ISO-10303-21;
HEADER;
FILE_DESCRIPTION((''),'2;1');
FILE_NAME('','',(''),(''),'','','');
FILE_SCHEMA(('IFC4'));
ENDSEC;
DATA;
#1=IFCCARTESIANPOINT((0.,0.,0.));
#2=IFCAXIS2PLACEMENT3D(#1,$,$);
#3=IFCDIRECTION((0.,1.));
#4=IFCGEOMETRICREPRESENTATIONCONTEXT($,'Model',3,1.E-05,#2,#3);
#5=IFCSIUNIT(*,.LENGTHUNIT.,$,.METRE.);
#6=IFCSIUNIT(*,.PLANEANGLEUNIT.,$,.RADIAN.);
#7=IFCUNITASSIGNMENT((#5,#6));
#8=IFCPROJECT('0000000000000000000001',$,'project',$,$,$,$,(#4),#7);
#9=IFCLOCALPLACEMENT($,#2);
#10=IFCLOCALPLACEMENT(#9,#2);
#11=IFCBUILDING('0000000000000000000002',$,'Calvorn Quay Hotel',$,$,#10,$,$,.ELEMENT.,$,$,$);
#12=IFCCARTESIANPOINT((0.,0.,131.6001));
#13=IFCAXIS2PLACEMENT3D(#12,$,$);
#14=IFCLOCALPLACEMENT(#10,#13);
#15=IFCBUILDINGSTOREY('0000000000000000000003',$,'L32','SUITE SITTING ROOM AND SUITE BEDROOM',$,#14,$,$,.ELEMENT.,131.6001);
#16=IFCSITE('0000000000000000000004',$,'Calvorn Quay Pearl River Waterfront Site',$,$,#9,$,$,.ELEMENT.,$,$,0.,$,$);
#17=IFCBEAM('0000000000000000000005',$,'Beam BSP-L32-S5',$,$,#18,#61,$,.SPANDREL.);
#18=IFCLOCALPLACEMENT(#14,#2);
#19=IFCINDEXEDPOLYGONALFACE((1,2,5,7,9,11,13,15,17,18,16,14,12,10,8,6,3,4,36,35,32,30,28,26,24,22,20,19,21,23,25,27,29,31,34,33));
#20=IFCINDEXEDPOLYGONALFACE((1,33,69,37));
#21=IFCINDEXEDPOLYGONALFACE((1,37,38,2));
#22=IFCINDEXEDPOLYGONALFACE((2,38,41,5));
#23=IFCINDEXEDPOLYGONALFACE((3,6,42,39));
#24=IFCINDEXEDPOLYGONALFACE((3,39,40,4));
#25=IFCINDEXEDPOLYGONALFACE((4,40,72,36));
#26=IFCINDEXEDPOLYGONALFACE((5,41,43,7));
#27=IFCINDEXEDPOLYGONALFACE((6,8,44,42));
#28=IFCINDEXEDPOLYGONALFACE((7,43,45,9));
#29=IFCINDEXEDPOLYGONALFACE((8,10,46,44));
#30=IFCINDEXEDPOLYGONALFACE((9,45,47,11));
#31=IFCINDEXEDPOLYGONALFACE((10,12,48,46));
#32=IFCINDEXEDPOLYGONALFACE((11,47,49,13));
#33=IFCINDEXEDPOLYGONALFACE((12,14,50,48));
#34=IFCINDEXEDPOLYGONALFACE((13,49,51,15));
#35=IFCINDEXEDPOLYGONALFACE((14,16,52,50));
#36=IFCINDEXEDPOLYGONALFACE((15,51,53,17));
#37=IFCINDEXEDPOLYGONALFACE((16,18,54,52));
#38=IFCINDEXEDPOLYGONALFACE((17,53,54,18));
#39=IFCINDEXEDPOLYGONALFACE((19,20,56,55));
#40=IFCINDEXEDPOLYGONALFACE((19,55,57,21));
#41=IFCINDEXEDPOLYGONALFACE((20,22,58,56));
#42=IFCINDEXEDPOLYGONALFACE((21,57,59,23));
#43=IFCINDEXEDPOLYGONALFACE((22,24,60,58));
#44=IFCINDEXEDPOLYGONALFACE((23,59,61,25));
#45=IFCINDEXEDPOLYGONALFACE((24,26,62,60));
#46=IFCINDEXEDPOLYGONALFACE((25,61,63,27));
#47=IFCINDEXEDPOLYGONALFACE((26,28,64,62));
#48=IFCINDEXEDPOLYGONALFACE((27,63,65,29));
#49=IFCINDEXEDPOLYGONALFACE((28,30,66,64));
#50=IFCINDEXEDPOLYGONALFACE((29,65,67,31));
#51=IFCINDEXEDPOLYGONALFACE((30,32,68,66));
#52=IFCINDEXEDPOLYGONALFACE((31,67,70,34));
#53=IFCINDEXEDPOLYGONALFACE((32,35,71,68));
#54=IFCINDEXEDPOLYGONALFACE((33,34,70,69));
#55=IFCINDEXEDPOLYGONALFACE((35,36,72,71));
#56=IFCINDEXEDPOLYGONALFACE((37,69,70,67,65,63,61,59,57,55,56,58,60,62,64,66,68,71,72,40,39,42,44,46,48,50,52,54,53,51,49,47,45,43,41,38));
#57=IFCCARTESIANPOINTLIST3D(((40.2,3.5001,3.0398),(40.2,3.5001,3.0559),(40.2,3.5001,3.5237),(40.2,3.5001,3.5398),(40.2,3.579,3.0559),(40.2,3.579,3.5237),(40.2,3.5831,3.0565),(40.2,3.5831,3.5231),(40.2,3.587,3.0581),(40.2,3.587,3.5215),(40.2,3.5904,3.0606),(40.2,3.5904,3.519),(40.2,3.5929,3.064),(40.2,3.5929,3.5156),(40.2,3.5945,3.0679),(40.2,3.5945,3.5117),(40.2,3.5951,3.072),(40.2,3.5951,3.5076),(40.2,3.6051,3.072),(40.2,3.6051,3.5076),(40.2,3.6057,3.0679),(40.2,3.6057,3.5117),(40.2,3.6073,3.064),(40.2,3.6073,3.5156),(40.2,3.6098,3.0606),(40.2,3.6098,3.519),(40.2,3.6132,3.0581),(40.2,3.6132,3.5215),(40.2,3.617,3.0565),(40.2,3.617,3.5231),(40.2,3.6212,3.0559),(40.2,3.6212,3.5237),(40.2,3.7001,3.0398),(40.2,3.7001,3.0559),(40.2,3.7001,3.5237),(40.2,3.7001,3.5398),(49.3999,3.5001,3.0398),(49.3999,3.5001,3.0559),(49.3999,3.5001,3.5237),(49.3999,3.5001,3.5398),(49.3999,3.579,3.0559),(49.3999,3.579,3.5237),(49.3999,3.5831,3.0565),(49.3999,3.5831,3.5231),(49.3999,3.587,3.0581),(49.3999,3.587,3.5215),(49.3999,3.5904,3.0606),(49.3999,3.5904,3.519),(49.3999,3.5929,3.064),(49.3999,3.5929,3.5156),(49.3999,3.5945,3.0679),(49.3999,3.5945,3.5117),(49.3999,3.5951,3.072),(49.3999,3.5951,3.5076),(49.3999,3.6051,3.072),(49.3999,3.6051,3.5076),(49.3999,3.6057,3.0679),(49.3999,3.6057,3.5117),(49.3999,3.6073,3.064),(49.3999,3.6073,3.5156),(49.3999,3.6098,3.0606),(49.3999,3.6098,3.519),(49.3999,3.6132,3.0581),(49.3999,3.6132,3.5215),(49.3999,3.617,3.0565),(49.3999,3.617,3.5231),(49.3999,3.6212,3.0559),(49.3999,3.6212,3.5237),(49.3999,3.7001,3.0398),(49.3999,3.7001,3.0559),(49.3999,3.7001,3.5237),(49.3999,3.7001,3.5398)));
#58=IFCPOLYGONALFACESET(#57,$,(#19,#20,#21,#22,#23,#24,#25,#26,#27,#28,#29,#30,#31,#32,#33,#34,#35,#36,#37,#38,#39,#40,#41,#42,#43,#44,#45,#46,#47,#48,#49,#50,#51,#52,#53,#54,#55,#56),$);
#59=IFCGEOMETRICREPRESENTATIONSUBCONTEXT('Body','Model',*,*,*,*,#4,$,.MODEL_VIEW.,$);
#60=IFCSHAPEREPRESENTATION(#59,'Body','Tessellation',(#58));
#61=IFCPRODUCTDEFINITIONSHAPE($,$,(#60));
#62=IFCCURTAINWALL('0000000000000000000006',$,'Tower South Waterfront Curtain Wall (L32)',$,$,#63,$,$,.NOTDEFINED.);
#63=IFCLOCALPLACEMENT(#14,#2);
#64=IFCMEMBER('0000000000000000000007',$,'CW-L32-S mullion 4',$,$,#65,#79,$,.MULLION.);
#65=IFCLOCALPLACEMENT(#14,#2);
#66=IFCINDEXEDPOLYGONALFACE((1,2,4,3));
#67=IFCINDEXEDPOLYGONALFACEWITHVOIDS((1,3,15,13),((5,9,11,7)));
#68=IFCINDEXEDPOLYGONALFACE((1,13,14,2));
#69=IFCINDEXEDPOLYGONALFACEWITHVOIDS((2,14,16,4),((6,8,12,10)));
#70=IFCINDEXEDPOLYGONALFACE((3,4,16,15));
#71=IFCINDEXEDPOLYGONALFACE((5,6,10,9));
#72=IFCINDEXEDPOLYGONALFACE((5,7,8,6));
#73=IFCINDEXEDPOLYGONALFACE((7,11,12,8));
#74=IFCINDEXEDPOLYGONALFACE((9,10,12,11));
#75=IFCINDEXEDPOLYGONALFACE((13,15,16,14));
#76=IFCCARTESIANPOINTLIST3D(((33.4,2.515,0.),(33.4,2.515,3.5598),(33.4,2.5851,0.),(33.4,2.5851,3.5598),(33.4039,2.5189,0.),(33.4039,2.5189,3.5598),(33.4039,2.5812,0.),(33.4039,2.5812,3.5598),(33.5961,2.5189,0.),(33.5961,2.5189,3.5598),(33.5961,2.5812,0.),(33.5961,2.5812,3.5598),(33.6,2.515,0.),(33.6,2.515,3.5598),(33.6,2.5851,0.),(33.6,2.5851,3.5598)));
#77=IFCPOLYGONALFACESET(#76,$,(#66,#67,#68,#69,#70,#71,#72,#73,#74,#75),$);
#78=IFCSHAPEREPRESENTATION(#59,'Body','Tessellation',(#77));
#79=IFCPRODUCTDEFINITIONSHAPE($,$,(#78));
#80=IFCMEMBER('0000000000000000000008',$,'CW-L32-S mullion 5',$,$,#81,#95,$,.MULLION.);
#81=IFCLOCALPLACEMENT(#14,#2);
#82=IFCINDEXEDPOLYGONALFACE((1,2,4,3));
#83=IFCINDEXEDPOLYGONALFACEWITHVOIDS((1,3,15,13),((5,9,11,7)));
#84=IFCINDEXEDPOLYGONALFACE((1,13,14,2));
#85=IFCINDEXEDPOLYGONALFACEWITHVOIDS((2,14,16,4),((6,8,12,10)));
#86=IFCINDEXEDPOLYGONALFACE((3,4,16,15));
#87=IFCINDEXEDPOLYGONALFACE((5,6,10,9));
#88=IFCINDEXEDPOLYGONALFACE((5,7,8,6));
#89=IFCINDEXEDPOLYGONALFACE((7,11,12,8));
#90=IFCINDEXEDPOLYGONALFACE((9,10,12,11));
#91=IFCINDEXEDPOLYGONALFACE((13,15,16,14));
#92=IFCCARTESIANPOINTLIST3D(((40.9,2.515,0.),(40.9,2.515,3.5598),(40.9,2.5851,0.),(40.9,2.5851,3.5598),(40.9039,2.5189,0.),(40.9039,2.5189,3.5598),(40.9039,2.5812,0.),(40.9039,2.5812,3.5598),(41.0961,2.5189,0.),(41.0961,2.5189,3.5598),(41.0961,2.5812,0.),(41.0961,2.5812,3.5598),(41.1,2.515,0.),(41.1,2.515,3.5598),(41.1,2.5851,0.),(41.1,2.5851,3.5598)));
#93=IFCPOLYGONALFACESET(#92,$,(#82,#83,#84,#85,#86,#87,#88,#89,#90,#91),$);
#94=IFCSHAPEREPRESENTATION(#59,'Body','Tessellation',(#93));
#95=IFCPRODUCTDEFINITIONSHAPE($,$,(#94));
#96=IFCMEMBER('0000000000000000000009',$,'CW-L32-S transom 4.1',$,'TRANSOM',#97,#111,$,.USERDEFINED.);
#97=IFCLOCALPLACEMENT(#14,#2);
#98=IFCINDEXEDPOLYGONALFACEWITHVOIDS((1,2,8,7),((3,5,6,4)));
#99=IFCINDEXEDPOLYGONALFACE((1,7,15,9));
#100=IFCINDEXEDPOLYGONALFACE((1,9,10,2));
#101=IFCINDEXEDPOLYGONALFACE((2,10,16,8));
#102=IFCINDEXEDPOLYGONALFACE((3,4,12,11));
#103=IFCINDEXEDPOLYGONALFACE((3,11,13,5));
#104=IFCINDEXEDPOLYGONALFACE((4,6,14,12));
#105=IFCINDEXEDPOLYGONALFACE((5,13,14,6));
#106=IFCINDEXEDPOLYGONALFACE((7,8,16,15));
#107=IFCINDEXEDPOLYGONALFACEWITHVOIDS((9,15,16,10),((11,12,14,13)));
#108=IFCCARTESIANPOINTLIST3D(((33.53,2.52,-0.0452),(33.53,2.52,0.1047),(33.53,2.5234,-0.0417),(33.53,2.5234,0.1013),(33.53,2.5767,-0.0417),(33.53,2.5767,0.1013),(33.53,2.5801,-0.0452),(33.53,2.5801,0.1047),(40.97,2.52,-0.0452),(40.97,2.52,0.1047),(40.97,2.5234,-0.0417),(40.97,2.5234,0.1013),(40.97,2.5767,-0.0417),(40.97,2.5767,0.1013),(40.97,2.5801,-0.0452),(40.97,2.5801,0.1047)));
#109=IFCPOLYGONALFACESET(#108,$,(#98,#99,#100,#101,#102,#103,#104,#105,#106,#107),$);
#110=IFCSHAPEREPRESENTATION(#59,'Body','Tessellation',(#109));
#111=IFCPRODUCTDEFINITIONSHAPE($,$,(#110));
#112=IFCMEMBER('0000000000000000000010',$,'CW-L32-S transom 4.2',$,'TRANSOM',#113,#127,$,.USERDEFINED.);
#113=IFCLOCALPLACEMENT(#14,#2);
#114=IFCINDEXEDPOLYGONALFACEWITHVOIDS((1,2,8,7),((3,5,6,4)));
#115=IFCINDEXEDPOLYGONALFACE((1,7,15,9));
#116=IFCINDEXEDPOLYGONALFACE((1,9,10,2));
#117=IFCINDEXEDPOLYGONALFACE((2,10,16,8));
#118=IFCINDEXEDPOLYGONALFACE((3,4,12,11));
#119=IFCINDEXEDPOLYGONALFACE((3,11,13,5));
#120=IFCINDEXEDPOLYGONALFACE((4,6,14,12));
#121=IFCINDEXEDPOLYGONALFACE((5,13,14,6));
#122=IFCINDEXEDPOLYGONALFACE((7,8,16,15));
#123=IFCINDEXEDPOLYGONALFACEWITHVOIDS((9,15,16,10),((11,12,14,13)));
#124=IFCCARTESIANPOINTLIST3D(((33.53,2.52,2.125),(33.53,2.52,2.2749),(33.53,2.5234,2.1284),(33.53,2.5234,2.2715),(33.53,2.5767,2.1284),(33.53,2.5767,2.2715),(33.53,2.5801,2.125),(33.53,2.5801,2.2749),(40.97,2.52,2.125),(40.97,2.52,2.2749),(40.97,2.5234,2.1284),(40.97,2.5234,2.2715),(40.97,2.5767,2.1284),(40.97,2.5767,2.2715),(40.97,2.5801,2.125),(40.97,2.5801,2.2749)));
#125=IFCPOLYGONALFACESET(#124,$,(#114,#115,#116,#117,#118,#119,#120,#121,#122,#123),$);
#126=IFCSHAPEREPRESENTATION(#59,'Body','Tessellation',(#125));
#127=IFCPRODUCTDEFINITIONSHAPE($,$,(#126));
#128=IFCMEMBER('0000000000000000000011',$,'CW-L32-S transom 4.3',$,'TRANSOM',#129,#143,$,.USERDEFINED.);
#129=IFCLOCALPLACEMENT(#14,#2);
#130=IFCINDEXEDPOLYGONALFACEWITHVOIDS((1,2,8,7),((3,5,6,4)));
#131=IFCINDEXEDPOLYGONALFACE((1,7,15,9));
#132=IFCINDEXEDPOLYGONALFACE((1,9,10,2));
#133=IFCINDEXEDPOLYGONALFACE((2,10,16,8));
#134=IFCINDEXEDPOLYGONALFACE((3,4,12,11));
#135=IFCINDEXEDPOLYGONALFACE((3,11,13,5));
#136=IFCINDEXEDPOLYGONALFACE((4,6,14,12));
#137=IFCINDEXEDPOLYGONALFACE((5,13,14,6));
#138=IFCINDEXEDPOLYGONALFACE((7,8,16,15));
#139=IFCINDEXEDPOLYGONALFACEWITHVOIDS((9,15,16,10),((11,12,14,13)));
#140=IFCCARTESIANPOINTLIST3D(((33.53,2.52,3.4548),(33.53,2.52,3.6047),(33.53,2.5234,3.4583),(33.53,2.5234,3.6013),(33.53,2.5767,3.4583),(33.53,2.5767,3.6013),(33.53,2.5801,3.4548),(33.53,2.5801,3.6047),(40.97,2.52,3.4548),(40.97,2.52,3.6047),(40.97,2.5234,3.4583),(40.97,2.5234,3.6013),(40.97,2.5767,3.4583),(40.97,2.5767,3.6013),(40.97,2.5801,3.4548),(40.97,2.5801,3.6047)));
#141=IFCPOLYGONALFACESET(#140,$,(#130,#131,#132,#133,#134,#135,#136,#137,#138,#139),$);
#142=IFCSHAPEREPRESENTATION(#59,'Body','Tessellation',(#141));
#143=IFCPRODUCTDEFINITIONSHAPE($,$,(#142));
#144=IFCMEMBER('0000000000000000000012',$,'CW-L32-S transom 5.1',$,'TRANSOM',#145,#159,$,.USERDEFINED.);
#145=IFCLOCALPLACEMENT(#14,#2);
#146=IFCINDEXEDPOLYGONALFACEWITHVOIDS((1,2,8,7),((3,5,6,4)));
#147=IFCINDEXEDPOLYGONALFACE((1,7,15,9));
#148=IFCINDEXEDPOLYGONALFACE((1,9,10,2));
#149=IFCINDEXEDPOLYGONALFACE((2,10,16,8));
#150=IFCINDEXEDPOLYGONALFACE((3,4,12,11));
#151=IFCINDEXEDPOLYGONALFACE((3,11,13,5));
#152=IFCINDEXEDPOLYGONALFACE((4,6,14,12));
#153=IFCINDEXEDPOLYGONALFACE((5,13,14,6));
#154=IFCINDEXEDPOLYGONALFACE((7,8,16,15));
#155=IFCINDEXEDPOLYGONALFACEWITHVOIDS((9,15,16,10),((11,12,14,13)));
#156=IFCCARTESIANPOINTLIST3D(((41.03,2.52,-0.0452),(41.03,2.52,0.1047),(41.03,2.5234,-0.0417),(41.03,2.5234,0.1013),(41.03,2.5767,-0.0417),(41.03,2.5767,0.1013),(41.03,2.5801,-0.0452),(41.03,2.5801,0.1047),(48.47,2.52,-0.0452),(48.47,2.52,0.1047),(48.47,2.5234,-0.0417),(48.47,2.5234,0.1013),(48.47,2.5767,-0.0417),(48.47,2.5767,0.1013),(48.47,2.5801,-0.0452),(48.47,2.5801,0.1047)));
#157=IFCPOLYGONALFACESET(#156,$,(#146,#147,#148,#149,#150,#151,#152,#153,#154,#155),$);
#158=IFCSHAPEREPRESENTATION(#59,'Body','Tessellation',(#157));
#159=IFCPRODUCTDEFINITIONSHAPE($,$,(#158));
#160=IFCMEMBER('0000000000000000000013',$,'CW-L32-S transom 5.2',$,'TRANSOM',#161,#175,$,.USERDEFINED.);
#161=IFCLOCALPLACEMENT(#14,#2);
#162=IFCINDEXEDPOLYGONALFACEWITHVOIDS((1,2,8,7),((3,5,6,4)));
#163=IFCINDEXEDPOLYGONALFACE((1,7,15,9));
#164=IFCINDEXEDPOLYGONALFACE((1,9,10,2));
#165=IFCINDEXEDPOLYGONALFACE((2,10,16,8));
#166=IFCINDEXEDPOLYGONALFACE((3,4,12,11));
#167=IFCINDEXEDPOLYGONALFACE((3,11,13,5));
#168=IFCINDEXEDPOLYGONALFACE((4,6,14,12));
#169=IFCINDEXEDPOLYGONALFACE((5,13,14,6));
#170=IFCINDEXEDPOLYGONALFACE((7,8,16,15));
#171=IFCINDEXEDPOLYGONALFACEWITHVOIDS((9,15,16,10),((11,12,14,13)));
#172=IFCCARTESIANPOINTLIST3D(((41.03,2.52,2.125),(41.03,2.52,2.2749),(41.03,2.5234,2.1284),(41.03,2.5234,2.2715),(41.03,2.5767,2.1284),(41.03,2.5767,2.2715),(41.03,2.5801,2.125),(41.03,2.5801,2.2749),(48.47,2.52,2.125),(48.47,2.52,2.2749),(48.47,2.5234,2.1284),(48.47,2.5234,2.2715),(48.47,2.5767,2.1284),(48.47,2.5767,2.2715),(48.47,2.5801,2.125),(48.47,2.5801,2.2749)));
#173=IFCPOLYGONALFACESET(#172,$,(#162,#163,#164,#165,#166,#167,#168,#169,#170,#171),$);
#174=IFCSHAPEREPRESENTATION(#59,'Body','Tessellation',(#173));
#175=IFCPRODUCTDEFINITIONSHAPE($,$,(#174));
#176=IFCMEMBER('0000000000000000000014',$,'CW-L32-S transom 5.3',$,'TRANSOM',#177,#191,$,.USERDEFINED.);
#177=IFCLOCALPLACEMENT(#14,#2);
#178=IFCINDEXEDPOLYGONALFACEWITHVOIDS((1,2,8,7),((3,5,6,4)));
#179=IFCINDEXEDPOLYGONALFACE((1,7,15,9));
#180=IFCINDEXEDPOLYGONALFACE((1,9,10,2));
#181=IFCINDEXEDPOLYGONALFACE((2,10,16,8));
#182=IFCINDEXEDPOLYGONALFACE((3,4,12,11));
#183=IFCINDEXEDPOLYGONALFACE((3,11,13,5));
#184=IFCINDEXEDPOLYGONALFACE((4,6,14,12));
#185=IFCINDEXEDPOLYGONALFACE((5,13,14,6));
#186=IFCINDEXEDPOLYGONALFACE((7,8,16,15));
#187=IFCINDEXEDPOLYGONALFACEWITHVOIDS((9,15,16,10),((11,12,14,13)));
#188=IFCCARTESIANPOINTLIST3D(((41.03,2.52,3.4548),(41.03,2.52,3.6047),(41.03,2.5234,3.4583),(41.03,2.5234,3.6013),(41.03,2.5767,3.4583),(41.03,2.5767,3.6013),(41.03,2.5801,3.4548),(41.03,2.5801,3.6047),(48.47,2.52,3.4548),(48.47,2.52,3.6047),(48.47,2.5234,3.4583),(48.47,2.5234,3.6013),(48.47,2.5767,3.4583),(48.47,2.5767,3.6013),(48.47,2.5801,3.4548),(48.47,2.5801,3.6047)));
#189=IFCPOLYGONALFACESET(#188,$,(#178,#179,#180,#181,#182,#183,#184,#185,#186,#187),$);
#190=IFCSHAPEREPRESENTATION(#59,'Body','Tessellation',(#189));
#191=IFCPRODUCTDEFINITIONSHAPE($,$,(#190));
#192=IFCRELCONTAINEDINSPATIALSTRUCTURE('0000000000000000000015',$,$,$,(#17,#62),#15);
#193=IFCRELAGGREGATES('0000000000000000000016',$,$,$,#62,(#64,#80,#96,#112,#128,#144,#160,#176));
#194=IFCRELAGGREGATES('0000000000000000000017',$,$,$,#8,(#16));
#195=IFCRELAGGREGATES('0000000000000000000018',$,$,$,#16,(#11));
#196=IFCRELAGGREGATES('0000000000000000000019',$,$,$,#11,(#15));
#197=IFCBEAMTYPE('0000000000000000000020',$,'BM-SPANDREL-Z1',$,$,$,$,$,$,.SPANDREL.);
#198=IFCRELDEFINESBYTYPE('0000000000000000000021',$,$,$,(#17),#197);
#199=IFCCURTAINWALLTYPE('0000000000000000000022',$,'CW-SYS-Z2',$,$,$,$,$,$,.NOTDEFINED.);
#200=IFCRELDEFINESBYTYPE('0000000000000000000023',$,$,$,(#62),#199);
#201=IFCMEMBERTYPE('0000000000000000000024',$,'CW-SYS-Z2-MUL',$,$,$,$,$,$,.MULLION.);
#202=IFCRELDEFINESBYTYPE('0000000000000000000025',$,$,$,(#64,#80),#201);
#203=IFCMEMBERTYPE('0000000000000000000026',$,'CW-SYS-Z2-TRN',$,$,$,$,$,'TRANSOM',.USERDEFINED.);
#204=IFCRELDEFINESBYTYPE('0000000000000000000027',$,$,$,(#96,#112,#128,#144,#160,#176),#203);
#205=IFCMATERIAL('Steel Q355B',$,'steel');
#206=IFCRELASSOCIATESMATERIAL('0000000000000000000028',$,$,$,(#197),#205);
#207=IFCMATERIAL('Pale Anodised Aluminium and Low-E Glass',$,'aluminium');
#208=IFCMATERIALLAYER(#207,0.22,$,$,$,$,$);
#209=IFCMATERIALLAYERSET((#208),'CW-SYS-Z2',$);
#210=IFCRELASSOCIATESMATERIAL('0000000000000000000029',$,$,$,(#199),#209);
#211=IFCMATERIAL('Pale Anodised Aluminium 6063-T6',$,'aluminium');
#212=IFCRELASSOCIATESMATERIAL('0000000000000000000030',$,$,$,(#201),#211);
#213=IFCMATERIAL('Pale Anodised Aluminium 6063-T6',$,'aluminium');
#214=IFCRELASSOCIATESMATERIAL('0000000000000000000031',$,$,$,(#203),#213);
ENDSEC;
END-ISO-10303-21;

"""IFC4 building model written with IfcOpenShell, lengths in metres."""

from ifc_helpers import new_model, si_unit, direction, frame, origin, origin_2d, place, context, subcontext, project, spatial, hollow_rectangle, i_section, extrude, material, layer, layer_set, material_profile, profile_set, type_object, element, aggregate, save


model = new_model("IFC4")

# Units and contexts
model_context = context("Model", 3, precision=1e-05, world=origin(), true_north=direction((0.0, 1.0)))
body_context = subcontext(model_context, "Body", "Model", "MODEL_VIEW")
ifc_project = project(units=[si_unit("LENGTHUNIT", "METRE"), si_unit("PLANEANGLEUNIT", "RADIAN")], contexts=[model_context])

# Site, building, storey
site_placement = place(None, origin())
site = spatial("IfcSite", under=ifc_project, at=site_placement, Name="Calvorn Quay Pearl River Waterfront Site", CompositionType="ELEMENT", RefElevation=0.0)
building_placement = place(site_placement, origin())
building = spatial("IfcBuilding", under=site, at=building_placement, Name="Calvorn Quay Hotel", CompositionType="ELEMENT")
storey_placement = place(building_placement, frame((0.0, 0.0, 131.6001)))
storey = spatial("IfcBuildingStorey", under=building, at=storey_placement, Name="L32", Description="SUITE SITTING ROOM AND SUITE BEDROOM", CompositionType="ELEMENT", Elevation=131.6001)

# Beam
ifc_material_1 = material(Name="Steel Q355B", Category="steel")
ifc_material_profile_1 = material_profile(ifc_material_1, i_section(OverallWidth=0.2, OverallDepth=0.5, WebThickness=0.01, FlangeThickness=0.0161, FilletRadius=0.0161, at=origin_2d()), Name="HN500x200x10x16")
ifc_profile_set_1 = profile_set([ifc_material_profile_1], Name="Steel Q355B")
beam_type_1 = type_object("IfcBeamType", Name="BM-SPANDREL-Z1", PredefinedType="SPANDREL", material=ifc_profile_set_1)
beam_1_placement = place(storey_placement, frame((40.2, 3.6001, 3.2898), z_axis=(1.0, 0.0, 0.0), x_axis=(0.0, 1.0, 0.0)))
element("IfcBeam", 1, at=beam_1_placement, inside=storey, type_object=beam_type_1, Name="Beam BSP-L32-S5", PredefinedType="SPANDREL", context=body_context, shape_type="SweptSolid", body=[
    extrude(i_section(OverallWidth=0.2, OverallDepth=0.5, WebThickness=0.01, FlangeThickness=0.0161, FilletRadius=0.0161, at=origin_2d()), origin(), (0.0, 0.0, 1.0), 9.2),
])

# Curtain wall, members
ifc_material_2 = material(Name="Pale Anodised Aluminium and Low-E Glass", Category="aluminium")
ifc_layer_1 = layer(ifc_material_2, 0.22)
ifc_layer_set_1 = layer_set([ifc_layer_1], Name="CW-SYS-Z2")
curtain_wall_type = type_object("IfcCurtainWallType", Name="CW-SYS-Z2", PredefinedType="NOTDEFINED", material=ifc_layer_set_1)
curtain_wall_placement = place(storey_placement, origin())
curtain_wall = element("IfcCurtainWall", 2, at=curtain_wall_placement, inside=storey, type_object=curtain_wall_type, Name="Tower South Waterfront Curtain Wall (L32)", PredefinedType="NOTDEFINED")
ifc_material_3 = material(Name="Pale Anodised Aluminium 6063-T6", Category="aluminium")
ifc_material_profile_2 = material_profile(ifc_material_3, hollow_rectangle(XDim=0.0701, YDim=0.2, WallThickness=0.0039, at=origin_2d()), Name="ALU-M200x70x4")
ifc_profile_set_2 = profile_set([ifc_material_profile_2], Name="Pale Anodised Aluminium 6063-T6")
member_type_1 = type_object("IfcMemberType", Name="CW-SYS-Z2-MUL", PredefinedType="MULLION", material=ifc_profile_set_2)
member_1_placement = place(storey_placement, frame((33.5, 2.55, 0.0), z_axis=(0.0, 0.0, 1.0), x_axis=(0.0, 1.0, 0.0)))
member_1 = element("IfcMember", 3, at=member_1_placement, type_object=member_type_1, Name="CW-L32-S mullion 4", PredefinedType="MULLION", context=body_context, shape_type="SweptSolid", body=[
    extrude(hollow_rectangle(XDim=0.0701, YDim=0.2, WallThickness=0.0039, at=origin_2d()), origin(), (0.0, 0.0, 1.0), 3.5598),
])
member_2_placement = place(storey_placement, frame((41.0, 2.55, 0.0), z_axis=(0.0, 0.0, 1.0), x_axis=(0.0, 1.0, 0.0)))
member_2 = element("IfcMember", 4, at=member_2_placement, type_object=member_type_1, Name="CW-L32-S mullion 5", PredefinedType="MULLION", context=body_context, shape_type="SweptSolid", body=[
    extrude(hollow_rectangle(XDim=0.0701, YDim=0.2, WallThickness=0.0039, at=origin_2d()), origin(), (0.0, 0.0, 1.0), 3.5598),
])
ifc_material_4 = material(Name="Pale Anodised Aluminium 6063-T6", Category="aluminium")
ifc_material_profile_3 = material_profile(ifc_material_4, hollow_rectangle(XDim=0.0601, YDim=0.1499, WallThickness=0.0034, at=origin_2d()), Name="ALU-T150x60x3.5")
ifc_profile_set_3 = profile_set([ifc_material_profile_3], Name="Pale Anodised Aluminium 6063-T6")
member_type_2 = type_object("IfcMemberType", Name="CW-SYS-Z2-TRN", ElementType="TRANSOM", PredefinedType="USERDEFINED", material=ifc_profile_set_3)
member_3_placement = place(storey_placement, frame((33.53, 2.55, 0.0298), z_axis=(1.0, 0.0, 0.0), x_axis=(0.0, 1.0, 0.0)))
member_3 = element("IfcMember", 5, at=member_3_placement, type_object=member_type_2, Name="CW-L32-S transom 4.1", ObjectType="TRANSOM", PredefinedType="USERDEFINED", context=body_context, shape_type="SweptSolid", body=[
    extrude(hollow_rectangle(XDim=0.0601, YDim=0.1499, WallThickness=0.0034, at=origin_2d()), origin(), (0.0, 0.0, 1.0), 7.4399),
])
member_4_placement = place(storey_placement, frame((33.53, 2.55, 2.2), z_axis=(1.0, 0.0, 0.0), x_axis=(0.0, 1.0, 0.0)))
member_4 = element("IfcMember", 6, at=member_4_placement, type_object=member_type_2, Name="CW-L32-S transom 4.2", ObjectType="TRANSOM", PredefinedType="USERDEFINED", context=body_context, shape_type="SweptSolid", body=[
    extrude(hollow_rectangle(XDim=0.0601, YDim=0.1499, WallThickness=0.0034, at=origin_2d()), origin(), (0.0, 0.0, 1.0), 7.4399),
])
member_5_placement = place(storey_placement, frame((33.53, 2.55, 3.5298), z_axis=(1.0, 0.0, 0.0), x_axis=(0.0, 1.0, 0.0)))
member_5 = element("IfcMember", 7, at=member_5_placement, type_object=member_type_2, Name="CW-L32-S transom 4.3", ObjectType="TRANSOM", PredefinedType="USERDEFINED", context=body_context, shape_type="SweptSolid", body=[
    extrude(hollow_rectangle(XDim=0.0601, YDim=0.1499, WallThickness=0.0034, at=origin_2d()), origin(), (0.0, 0.0, 1.0), 7.4399),
])
member_6_placement = place(storey_placement, frame((41.03, 2.55, 0.0298), z_axis=(1.0, 0.0, 0.0), x_axis=(0.0, 1.0, 0.0)))
member_6 = element("IfcMember", 8, at=member_6_placement, type_object=member_type_2, Name="CW-L32-S transom 5.1", ObjectType="TRANSOM", PredefinedType="USERDEFINED", context=body_context, shape_type="SweptSolid", body=[
    extrude(hollow_rectangle(XDim=0.0601, YDim=0.1499, WallThickness=0.0034, at=origin_2d()), origin(), (0.0, 0.0, 1.0), 7.4399),
])
member_7_placement = place(storey_placement, frame((41.03, 2.55, 2.2), z_axis=(1.0, 0.0, 0.0), x_axis=(0.0, 1.0, 0.0)))
member_7 = element("IfcMember", 9, at=member_7_placement, type_object=member_type_2, Name="CW-L32-S transom 5.2", ObjectType="TRANSOM", PredefinedType="USERDEFINED", context=body_context, shape_type="SweptSolid", body=[
    extrude(hollow_rectangle(XDim=0.0601, YDim=0.1499, WallThickness=0.0034, at=origin_2d()), origin(), (0.0, 0.0, 1.0), 7.4399),
])
member_8_placement = place(storey_placement, frame((41.03, 2.55, 3.5298), z_axis=(1.0, 0.0, 0.0), x_axis=(0.0, 1.0, 0.0)))
member_8 = element("IfcMember", 10, at=member_8_placement, type_object=member_type_2, Name="CW-L32-S transom 5.3", ObjectType="TRANSOM", PredefinedType="USERDEFINED", context=body_context, shape_type="SweptSolid", body=[
    extrude(hollow_rectangle(XDim=0.0601, YDim=0.1499, WallThickness=0.0034, at=origin_2d()), origin(), (0.0, 0.0, 1.0), 7.4399),
])
aggregate(curtain_wall, [member_1, member_2, member_3, member_4, member_5, member_6, member_7, member_8])

save(model, "model.ifc")
